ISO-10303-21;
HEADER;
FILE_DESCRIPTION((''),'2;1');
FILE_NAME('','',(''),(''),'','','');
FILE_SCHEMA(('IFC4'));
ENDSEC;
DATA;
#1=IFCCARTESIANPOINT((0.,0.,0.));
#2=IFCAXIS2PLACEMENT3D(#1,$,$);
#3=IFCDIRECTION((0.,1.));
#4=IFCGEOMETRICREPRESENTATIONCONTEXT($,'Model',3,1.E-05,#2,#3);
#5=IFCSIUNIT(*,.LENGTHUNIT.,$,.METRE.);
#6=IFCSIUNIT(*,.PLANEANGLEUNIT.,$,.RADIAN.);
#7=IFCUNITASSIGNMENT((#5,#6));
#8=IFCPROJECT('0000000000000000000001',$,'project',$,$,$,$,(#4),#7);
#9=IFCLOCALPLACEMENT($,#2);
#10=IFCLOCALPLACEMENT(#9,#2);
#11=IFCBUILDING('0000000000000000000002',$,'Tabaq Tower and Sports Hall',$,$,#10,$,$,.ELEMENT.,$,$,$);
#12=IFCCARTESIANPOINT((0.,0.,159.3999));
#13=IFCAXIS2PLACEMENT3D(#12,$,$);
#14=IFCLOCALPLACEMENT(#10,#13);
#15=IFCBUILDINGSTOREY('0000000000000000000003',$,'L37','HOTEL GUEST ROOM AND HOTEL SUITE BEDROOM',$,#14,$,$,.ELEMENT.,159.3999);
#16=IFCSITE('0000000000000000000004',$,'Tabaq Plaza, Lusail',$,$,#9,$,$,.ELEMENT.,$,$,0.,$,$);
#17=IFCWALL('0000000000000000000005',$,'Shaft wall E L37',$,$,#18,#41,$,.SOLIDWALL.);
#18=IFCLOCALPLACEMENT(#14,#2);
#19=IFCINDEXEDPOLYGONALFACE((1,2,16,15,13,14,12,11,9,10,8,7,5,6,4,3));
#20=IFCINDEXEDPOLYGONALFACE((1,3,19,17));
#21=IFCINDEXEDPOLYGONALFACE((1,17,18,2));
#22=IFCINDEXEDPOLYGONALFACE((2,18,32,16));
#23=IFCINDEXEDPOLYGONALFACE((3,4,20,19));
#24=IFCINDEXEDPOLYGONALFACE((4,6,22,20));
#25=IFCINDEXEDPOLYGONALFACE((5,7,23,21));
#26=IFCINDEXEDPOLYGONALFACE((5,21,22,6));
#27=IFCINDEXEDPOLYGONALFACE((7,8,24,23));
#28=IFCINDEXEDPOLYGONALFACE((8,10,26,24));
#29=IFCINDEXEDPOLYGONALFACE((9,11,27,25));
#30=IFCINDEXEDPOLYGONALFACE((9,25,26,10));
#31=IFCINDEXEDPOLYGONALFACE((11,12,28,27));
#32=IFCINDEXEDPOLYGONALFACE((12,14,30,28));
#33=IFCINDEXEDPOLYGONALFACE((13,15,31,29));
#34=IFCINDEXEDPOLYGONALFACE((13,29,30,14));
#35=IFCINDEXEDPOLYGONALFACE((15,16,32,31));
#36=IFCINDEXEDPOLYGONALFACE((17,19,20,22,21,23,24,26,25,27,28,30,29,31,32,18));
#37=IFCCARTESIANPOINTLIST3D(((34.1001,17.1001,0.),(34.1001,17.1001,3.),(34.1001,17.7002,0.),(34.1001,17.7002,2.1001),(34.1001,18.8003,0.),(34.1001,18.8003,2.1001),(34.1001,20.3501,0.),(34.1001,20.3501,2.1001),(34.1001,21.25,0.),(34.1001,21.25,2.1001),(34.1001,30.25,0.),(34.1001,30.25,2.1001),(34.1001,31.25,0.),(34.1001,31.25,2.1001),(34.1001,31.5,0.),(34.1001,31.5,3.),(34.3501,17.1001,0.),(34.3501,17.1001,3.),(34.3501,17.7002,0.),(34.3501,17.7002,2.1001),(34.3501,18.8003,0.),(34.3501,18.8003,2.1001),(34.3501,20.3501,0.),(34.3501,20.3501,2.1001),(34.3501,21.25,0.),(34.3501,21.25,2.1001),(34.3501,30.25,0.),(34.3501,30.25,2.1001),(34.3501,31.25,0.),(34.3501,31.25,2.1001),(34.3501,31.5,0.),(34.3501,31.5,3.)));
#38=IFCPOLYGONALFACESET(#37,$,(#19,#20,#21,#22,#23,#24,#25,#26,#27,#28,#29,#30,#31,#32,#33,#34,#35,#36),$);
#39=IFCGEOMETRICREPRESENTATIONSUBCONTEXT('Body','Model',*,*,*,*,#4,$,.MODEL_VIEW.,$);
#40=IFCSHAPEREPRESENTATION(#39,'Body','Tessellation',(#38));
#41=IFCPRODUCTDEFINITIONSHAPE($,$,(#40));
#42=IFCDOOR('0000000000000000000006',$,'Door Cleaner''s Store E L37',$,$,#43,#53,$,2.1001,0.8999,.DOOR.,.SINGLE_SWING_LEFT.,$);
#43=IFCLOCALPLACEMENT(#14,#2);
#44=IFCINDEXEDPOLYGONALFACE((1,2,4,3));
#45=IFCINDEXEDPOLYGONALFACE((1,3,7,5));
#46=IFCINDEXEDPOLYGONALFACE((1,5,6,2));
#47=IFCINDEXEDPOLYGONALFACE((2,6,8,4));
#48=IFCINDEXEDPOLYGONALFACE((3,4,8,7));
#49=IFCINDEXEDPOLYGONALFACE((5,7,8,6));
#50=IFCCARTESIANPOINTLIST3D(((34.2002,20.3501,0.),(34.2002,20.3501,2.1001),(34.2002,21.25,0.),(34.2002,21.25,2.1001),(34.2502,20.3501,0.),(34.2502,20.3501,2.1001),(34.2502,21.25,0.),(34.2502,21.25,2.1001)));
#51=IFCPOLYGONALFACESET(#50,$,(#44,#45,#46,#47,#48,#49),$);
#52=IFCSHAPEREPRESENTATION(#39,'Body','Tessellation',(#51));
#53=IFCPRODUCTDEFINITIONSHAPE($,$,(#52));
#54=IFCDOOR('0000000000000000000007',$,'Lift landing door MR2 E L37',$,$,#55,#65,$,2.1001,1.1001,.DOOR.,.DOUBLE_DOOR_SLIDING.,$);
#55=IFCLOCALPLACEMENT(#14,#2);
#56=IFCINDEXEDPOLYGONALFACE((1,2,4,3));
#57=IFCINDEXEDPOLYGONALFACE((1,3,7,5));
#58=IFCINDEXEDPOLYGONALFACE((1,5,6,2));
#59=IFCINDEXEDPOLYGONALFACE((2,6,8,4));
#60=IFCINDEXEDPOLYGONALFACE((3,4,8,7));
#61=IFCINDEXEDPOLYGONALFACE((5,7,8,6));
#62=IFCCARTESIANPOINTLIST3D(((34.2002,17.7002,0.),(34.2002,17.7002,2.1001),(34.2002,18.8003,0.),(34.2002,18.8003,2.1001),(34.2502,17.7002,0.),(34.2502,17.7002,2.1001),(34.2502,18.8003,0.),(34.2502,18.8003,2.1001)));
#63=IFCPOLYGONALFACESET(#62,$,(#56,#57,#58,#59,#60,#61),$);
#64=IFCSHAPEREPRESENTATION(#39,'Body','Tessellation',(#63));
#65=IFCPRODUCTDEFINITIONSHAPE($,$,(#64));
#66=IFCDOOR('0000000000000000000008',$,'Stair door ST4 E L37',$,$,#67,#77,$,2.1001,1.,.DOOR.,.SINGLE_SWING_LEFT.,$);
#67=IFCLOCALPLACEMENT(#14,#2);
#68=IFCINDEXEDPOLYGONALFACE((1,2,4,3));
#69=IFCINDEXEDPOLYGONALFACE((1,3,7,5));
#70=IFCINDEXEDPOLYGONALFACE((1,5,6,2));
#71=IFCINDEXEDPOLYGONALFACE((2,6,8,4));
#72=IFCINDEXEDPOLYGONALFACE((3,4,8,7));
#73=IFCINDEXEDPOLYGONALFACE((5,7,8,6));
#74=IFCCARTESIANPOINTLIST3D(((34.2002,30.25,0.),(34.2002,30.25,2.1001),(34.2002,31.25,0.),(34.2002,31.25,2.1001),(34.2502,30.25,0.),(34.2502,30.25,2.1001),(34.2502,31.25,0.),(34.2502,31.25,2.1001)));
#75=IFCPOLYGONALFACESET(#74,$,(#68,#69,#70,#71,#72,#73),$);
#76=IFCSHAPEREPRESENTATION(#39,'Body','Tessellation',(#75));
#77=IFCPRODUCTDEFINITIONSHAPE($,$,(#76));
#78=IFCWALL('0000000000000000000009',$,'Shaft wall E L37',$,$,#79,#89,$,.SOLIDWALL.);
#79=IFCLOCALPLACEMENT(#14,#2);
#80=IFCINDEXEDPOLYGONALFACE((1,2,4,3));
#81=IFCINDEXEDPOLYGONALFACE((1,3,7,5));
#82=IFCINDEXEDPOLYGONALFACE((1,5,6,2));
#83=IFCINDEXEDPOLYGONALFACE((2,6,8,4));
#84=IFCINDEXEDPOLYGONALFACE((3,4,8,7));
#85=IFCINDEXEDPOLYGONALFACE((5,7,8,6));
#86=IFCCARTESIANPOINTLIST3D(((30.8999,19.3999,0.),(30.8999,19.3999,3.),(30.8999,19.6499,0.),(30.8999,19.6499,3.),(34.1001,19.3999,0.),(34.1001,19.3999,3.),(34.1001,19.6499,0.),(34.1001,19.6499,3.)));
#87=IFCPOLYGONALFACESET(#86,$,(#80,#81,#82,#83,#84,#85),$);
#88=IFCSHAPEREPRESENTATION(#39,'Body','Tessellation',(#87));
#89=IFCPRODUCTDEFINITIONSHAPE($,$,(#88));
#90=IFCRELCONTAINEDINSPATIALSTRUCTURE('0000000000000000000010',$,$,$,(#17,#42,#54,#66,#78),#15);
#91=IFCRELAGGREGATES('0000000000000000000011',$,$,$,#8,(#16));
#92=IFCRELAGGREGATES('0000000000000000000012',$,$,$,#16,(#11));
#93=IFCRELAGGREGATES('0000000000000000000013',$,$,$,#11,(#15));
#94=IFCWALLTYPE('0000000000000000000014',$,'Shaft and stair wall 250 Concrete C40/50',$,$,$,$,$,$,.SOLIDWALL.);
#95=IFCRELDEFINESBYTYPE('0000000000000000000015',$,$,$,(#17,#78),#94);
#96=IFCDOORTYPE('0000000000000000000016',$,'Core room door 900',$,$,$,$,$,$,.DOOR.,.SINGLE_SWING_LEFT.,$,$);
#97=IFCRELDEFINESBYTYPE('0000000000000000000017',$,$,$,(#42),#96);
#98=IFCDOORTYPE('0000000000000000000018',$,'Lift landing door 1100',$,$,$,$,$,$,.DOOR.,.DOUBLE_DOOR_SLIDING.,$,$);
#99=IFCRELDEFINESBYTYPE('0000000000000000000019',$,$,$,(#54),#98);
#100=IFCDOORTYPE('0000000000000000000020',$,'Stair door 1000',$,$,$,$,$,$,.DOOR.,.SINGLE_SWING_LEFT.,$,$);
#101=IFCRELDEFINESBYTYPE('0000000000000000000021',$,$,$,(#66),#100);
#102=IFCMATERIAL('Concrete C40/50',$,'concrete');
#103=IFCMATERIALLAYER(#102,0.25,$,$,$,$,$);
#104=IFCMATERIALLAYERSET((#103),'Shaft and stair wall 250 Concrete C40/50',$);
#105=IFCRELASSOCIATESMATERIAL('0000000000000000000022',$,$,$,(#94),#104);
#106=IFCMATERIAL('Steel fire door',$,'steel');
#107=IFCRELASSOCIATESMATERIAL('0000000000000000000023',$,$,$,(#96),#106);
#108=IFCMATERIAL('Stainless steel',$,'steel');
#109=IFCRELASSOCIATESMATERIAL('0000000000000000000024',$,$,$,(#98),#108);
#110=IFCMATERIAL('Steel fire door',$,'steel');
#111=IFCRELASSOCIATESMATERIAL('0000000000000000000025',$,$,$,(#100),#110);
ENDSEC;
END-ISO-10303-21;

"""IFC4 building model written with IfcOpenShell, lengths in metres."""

from ifc_helpers import new_model, si_unit, direction, frame, frame_2d, origin, place, context, subcontext, project, spatial, rectangle, extrude, material, layer, layer_set, type_object, element, fill, save


model = new_model("IFC4")

# Units and contexts
model_context = context("Model", 3, precision=1e-05, world=origin(), true_north=direction((0.0, 1.0)))
body_context = subcontext(model_context, "Body", "Model", "MODEL_VIEW")
ifc_project = project(units=[si_unit("LENGTHUNIT", "METRE"), si_unit("PLANEANGLEUNIT", "RADIAN")], contexts=[model_context])

# Site, building, storey
site_placement = place(None, origin())
site = spatial("IfcSite", under=ifc_project, at=site_placement, Name="Tabaq Plaza, Lusail", CompositionType="ELEMENT", RefElevation=0.0)
building_placement = place(site_placement, origin())
building = spatial("IfcBuilding", under=site, at=building_placement, Name="Tabaq Tower and Sports Hall", CompositionType="ELEMENT")
storey_placement = place(building_placement, frame((0.0, 0.0, 159.3999)))
storey = spatial("IfcBuildingStorey", under=building, at=storey_placement, Name="L37", Description="HOTEL GUEST ROOM AND HOTEL SUITE BEDROOM", CompositionType="ELEMENT", Elevation=159.3999)

# Wall, openings, doors
ifc_material_1 = material(Name="Concrete C40/50", Category="concrete")
ifc_layer_1 = layer(ifc_material_1, 0.25)
ifc_layer_set_1 = layer_set([ifc_layer_1], Name="Shaft and stair wall 250 Concrete C40/50")
wall_type_1 = type_object("IfcWallType", Name="Shaft and stair wall 250 Concrete C40/50", PredefinedType="SOLIDWALL", material=ifc_layer_set_1)
wall_1_placement = place(storey_placement, frame((34.2251, 17.1001, 0.0), z_axis=(0.0, 0.0, 1.0), x_axis=(0.0, 1.0, 0.0)))
wall_1 = element("IfcWall", 1, at=wall_1_placement, inside=storey, type_object=wall_type_1, Name="Shaft wall E L37", PredefinedType="SOLIDWALL", context=body_context, shape_type="SweptSolid", body=[
    extrude(rectangle(XDim=14.3999, YDim=0.25, at=frame_2d((7.2, 0.0))), origin(), (0.0, 0.0, 1.0), 3.0),
])
opening_1_placement = place(wall_1_placement, frame((13.1499, 0.0, 0.0)))
opening_1 = element("IfcOpeningElement", 2, at=opening_1_placement, cuts=wall_1, PredefinedType="OPENING", context=body_context, shape_type="SweptSolid", body=[
    extrude(rectangle(XDim=1.0, YDim=2.1001, at=frame_2d((0.5, 1.05))), frame((0.0, 0.125, 0.0), z_axis=(0.0, -1.0, 0.0), x_axis=(1.0, 0.0, 0.0)), (0.0, 0.0, 1.0), 0.25),
])
opening_2_placement = place(wall_1_placement, frame((0.6001, 0.0, 0.0)))
opening_2 = element("IfcOpeningElement", 3, at=opening_2_placement, cuts=wall_1, PredefinedType="OPENING", context=body_context, shape_type="SweptSolid", body=[
    extrude(rectangle(XDim=1.1001, YDim=2.1001, at=frame_2d((0.55, 1.05))), frame((0.0, 0.125, 0.0), z_axis=(0.0, -1.0, 0.0), x_axis=(1.0, 0.0, 0.0)), (0.0, 0.0, 1.0), 0.25),
])
opening_3_placement = place(wall_1_placement, frame((3.25, 0.0, 0.0)))
opening_3 = element("IfcOpeningElement", 4, at=opening_3_placement, cuts=wall_1, PredefinedType="OPENING", context=body_context, shape_type="SweptSolid", body=[
    extrude(rectangle(XDim=0.8999, YDim=2.1001, at=frame_2d((0.45, 1.05))), frame((0.0, 0.125, 0.0), z_axis=(0.0, -1.0, 0.0), x_axis=(1.0, 0.0, 0.0)), (0.0, 0.0, 1.0), 0.25),
])
ifc_material_2 = material(Name="Steel fire door", Category="steel")
door_type_1 = type_object("IfcDoorType", Name="Core room door 900", OperationType="SINGLE_SWING_LEFT", PredefinedType="DOOR", material=ifc_material_2)
door_1_placement = place(opening_3_placement, origin())
door_1 = element("IfcDoor", 5, at=door_1_placement, inside=storey, type_object=door_type_1, Name="Door Cleaner's Store E L37", OperationType="SINGLE_SWING_LEFT", OverallHeight=2.1001, OverallWidth=0.8999, PredefinedType="DOOR", context=body_context, shape_type="SweptSolid", body=[
    extrude(rectangle(XDim=0.8999, YDim=2.1001, at=frame_2d((0.45, 1.05))), frame((0.0, 0.0249, 0.0), z_axis=(0.0, -1.0, 0.0), x_axis=(1.0, 0.0, 0.0)), (0.0, 0.0, 1.0), 0.05),
])
fill(opening_3, door_1)
ifc_material_3 = material(Name="Stainless steel", Category="steel")
door_type_2 = type_object("IfcDoorType", Name="Lift landing door 1100", OperationType="DOUBLE_DOOR_SLIDING", PredefinedType="DOOR", material=ifc_material_3)
door_2_placement = place(opening_2_placement, origin())
door_2 = element("IfcDoor", 6, at=door_2_placement, inside=storey, type_object=door_type_2, Name="Lift landing door MR2 E L37", OperationType="DOUBLE_DOOR_SLIDING", OverallHeight=2.1001, OverallWidth=1.1001, PredefinedType="DOOR", context=body_context, shape_type="SweptSolid", body=[
    extrude(rectangle(XDim=1.1001, YDim=2.1001, at=frame_2d((0.55, 1.05))), frame((0.0, 0.0249, 0.0), z_axis=(0.0, -1.0, 0.0), x_axis=(1.0, 0.0, 0.0)), (0.0, 0.0, 1.0), 0.05),
])
fill(opening_2, door_2)
ifc_material_4 = material(Name="Steel fire door", Category="steel")
door_type_3 = type_object("IfcDoorType", Name="Stair door 1000", OperationType="SINGLE_SWING_LEFT", PredefinedType="DOOR", material=ifc_material_4)
door_3_placement = place(opening_1_placement, origin())
door_3 = element("IfcDoor", 7, at=door_3_placement, inside=storey, type_object=door_type_3, Name="Stair door ST4 E L37", OperationType="SINGLE_SWING_LEFT", OverallHeight=2.1001, OverallWidth=1.0, PredefinedType="DOOR", context=body_context, shape_type="SweptSolid", body=[
    extrude(rectangle(XDim=1.0, YDim=2.1001, at=frame_2d((0.5, 1.05))), frame((0.0, 0.0249, 0.0), z_axis=(0.0, -1.0, 0.0), x_axis=(1.0, 0.0, 0.0)), (0.0, 0.0, 1.0), 0.05),
])
fill(opening_1, door_3)

# Wall
wall_2_placement = place(storey_placement, frame((30.8999, 19.5249, 0.0), z_axis=(0.0, 0.0, 1.0), x_axis=(1.0, 0.0, 0.0)))
element("IfcWall", 8, at=wall_2_placement, inside=storey, type_object=wall_type_1, Name="Shaft wall E L37", PredefinedType="SOLIDWALL", context=body_context, shape_type="SweptSolid", body=[
    extrude(rectangle(XDim=3.2002, YDim=0.25, at=frame_2d((1.6001, 0.0))), origin(), (0.0, 0.0, 1.0), 3.0),
])

save(model, "model.ifc")
